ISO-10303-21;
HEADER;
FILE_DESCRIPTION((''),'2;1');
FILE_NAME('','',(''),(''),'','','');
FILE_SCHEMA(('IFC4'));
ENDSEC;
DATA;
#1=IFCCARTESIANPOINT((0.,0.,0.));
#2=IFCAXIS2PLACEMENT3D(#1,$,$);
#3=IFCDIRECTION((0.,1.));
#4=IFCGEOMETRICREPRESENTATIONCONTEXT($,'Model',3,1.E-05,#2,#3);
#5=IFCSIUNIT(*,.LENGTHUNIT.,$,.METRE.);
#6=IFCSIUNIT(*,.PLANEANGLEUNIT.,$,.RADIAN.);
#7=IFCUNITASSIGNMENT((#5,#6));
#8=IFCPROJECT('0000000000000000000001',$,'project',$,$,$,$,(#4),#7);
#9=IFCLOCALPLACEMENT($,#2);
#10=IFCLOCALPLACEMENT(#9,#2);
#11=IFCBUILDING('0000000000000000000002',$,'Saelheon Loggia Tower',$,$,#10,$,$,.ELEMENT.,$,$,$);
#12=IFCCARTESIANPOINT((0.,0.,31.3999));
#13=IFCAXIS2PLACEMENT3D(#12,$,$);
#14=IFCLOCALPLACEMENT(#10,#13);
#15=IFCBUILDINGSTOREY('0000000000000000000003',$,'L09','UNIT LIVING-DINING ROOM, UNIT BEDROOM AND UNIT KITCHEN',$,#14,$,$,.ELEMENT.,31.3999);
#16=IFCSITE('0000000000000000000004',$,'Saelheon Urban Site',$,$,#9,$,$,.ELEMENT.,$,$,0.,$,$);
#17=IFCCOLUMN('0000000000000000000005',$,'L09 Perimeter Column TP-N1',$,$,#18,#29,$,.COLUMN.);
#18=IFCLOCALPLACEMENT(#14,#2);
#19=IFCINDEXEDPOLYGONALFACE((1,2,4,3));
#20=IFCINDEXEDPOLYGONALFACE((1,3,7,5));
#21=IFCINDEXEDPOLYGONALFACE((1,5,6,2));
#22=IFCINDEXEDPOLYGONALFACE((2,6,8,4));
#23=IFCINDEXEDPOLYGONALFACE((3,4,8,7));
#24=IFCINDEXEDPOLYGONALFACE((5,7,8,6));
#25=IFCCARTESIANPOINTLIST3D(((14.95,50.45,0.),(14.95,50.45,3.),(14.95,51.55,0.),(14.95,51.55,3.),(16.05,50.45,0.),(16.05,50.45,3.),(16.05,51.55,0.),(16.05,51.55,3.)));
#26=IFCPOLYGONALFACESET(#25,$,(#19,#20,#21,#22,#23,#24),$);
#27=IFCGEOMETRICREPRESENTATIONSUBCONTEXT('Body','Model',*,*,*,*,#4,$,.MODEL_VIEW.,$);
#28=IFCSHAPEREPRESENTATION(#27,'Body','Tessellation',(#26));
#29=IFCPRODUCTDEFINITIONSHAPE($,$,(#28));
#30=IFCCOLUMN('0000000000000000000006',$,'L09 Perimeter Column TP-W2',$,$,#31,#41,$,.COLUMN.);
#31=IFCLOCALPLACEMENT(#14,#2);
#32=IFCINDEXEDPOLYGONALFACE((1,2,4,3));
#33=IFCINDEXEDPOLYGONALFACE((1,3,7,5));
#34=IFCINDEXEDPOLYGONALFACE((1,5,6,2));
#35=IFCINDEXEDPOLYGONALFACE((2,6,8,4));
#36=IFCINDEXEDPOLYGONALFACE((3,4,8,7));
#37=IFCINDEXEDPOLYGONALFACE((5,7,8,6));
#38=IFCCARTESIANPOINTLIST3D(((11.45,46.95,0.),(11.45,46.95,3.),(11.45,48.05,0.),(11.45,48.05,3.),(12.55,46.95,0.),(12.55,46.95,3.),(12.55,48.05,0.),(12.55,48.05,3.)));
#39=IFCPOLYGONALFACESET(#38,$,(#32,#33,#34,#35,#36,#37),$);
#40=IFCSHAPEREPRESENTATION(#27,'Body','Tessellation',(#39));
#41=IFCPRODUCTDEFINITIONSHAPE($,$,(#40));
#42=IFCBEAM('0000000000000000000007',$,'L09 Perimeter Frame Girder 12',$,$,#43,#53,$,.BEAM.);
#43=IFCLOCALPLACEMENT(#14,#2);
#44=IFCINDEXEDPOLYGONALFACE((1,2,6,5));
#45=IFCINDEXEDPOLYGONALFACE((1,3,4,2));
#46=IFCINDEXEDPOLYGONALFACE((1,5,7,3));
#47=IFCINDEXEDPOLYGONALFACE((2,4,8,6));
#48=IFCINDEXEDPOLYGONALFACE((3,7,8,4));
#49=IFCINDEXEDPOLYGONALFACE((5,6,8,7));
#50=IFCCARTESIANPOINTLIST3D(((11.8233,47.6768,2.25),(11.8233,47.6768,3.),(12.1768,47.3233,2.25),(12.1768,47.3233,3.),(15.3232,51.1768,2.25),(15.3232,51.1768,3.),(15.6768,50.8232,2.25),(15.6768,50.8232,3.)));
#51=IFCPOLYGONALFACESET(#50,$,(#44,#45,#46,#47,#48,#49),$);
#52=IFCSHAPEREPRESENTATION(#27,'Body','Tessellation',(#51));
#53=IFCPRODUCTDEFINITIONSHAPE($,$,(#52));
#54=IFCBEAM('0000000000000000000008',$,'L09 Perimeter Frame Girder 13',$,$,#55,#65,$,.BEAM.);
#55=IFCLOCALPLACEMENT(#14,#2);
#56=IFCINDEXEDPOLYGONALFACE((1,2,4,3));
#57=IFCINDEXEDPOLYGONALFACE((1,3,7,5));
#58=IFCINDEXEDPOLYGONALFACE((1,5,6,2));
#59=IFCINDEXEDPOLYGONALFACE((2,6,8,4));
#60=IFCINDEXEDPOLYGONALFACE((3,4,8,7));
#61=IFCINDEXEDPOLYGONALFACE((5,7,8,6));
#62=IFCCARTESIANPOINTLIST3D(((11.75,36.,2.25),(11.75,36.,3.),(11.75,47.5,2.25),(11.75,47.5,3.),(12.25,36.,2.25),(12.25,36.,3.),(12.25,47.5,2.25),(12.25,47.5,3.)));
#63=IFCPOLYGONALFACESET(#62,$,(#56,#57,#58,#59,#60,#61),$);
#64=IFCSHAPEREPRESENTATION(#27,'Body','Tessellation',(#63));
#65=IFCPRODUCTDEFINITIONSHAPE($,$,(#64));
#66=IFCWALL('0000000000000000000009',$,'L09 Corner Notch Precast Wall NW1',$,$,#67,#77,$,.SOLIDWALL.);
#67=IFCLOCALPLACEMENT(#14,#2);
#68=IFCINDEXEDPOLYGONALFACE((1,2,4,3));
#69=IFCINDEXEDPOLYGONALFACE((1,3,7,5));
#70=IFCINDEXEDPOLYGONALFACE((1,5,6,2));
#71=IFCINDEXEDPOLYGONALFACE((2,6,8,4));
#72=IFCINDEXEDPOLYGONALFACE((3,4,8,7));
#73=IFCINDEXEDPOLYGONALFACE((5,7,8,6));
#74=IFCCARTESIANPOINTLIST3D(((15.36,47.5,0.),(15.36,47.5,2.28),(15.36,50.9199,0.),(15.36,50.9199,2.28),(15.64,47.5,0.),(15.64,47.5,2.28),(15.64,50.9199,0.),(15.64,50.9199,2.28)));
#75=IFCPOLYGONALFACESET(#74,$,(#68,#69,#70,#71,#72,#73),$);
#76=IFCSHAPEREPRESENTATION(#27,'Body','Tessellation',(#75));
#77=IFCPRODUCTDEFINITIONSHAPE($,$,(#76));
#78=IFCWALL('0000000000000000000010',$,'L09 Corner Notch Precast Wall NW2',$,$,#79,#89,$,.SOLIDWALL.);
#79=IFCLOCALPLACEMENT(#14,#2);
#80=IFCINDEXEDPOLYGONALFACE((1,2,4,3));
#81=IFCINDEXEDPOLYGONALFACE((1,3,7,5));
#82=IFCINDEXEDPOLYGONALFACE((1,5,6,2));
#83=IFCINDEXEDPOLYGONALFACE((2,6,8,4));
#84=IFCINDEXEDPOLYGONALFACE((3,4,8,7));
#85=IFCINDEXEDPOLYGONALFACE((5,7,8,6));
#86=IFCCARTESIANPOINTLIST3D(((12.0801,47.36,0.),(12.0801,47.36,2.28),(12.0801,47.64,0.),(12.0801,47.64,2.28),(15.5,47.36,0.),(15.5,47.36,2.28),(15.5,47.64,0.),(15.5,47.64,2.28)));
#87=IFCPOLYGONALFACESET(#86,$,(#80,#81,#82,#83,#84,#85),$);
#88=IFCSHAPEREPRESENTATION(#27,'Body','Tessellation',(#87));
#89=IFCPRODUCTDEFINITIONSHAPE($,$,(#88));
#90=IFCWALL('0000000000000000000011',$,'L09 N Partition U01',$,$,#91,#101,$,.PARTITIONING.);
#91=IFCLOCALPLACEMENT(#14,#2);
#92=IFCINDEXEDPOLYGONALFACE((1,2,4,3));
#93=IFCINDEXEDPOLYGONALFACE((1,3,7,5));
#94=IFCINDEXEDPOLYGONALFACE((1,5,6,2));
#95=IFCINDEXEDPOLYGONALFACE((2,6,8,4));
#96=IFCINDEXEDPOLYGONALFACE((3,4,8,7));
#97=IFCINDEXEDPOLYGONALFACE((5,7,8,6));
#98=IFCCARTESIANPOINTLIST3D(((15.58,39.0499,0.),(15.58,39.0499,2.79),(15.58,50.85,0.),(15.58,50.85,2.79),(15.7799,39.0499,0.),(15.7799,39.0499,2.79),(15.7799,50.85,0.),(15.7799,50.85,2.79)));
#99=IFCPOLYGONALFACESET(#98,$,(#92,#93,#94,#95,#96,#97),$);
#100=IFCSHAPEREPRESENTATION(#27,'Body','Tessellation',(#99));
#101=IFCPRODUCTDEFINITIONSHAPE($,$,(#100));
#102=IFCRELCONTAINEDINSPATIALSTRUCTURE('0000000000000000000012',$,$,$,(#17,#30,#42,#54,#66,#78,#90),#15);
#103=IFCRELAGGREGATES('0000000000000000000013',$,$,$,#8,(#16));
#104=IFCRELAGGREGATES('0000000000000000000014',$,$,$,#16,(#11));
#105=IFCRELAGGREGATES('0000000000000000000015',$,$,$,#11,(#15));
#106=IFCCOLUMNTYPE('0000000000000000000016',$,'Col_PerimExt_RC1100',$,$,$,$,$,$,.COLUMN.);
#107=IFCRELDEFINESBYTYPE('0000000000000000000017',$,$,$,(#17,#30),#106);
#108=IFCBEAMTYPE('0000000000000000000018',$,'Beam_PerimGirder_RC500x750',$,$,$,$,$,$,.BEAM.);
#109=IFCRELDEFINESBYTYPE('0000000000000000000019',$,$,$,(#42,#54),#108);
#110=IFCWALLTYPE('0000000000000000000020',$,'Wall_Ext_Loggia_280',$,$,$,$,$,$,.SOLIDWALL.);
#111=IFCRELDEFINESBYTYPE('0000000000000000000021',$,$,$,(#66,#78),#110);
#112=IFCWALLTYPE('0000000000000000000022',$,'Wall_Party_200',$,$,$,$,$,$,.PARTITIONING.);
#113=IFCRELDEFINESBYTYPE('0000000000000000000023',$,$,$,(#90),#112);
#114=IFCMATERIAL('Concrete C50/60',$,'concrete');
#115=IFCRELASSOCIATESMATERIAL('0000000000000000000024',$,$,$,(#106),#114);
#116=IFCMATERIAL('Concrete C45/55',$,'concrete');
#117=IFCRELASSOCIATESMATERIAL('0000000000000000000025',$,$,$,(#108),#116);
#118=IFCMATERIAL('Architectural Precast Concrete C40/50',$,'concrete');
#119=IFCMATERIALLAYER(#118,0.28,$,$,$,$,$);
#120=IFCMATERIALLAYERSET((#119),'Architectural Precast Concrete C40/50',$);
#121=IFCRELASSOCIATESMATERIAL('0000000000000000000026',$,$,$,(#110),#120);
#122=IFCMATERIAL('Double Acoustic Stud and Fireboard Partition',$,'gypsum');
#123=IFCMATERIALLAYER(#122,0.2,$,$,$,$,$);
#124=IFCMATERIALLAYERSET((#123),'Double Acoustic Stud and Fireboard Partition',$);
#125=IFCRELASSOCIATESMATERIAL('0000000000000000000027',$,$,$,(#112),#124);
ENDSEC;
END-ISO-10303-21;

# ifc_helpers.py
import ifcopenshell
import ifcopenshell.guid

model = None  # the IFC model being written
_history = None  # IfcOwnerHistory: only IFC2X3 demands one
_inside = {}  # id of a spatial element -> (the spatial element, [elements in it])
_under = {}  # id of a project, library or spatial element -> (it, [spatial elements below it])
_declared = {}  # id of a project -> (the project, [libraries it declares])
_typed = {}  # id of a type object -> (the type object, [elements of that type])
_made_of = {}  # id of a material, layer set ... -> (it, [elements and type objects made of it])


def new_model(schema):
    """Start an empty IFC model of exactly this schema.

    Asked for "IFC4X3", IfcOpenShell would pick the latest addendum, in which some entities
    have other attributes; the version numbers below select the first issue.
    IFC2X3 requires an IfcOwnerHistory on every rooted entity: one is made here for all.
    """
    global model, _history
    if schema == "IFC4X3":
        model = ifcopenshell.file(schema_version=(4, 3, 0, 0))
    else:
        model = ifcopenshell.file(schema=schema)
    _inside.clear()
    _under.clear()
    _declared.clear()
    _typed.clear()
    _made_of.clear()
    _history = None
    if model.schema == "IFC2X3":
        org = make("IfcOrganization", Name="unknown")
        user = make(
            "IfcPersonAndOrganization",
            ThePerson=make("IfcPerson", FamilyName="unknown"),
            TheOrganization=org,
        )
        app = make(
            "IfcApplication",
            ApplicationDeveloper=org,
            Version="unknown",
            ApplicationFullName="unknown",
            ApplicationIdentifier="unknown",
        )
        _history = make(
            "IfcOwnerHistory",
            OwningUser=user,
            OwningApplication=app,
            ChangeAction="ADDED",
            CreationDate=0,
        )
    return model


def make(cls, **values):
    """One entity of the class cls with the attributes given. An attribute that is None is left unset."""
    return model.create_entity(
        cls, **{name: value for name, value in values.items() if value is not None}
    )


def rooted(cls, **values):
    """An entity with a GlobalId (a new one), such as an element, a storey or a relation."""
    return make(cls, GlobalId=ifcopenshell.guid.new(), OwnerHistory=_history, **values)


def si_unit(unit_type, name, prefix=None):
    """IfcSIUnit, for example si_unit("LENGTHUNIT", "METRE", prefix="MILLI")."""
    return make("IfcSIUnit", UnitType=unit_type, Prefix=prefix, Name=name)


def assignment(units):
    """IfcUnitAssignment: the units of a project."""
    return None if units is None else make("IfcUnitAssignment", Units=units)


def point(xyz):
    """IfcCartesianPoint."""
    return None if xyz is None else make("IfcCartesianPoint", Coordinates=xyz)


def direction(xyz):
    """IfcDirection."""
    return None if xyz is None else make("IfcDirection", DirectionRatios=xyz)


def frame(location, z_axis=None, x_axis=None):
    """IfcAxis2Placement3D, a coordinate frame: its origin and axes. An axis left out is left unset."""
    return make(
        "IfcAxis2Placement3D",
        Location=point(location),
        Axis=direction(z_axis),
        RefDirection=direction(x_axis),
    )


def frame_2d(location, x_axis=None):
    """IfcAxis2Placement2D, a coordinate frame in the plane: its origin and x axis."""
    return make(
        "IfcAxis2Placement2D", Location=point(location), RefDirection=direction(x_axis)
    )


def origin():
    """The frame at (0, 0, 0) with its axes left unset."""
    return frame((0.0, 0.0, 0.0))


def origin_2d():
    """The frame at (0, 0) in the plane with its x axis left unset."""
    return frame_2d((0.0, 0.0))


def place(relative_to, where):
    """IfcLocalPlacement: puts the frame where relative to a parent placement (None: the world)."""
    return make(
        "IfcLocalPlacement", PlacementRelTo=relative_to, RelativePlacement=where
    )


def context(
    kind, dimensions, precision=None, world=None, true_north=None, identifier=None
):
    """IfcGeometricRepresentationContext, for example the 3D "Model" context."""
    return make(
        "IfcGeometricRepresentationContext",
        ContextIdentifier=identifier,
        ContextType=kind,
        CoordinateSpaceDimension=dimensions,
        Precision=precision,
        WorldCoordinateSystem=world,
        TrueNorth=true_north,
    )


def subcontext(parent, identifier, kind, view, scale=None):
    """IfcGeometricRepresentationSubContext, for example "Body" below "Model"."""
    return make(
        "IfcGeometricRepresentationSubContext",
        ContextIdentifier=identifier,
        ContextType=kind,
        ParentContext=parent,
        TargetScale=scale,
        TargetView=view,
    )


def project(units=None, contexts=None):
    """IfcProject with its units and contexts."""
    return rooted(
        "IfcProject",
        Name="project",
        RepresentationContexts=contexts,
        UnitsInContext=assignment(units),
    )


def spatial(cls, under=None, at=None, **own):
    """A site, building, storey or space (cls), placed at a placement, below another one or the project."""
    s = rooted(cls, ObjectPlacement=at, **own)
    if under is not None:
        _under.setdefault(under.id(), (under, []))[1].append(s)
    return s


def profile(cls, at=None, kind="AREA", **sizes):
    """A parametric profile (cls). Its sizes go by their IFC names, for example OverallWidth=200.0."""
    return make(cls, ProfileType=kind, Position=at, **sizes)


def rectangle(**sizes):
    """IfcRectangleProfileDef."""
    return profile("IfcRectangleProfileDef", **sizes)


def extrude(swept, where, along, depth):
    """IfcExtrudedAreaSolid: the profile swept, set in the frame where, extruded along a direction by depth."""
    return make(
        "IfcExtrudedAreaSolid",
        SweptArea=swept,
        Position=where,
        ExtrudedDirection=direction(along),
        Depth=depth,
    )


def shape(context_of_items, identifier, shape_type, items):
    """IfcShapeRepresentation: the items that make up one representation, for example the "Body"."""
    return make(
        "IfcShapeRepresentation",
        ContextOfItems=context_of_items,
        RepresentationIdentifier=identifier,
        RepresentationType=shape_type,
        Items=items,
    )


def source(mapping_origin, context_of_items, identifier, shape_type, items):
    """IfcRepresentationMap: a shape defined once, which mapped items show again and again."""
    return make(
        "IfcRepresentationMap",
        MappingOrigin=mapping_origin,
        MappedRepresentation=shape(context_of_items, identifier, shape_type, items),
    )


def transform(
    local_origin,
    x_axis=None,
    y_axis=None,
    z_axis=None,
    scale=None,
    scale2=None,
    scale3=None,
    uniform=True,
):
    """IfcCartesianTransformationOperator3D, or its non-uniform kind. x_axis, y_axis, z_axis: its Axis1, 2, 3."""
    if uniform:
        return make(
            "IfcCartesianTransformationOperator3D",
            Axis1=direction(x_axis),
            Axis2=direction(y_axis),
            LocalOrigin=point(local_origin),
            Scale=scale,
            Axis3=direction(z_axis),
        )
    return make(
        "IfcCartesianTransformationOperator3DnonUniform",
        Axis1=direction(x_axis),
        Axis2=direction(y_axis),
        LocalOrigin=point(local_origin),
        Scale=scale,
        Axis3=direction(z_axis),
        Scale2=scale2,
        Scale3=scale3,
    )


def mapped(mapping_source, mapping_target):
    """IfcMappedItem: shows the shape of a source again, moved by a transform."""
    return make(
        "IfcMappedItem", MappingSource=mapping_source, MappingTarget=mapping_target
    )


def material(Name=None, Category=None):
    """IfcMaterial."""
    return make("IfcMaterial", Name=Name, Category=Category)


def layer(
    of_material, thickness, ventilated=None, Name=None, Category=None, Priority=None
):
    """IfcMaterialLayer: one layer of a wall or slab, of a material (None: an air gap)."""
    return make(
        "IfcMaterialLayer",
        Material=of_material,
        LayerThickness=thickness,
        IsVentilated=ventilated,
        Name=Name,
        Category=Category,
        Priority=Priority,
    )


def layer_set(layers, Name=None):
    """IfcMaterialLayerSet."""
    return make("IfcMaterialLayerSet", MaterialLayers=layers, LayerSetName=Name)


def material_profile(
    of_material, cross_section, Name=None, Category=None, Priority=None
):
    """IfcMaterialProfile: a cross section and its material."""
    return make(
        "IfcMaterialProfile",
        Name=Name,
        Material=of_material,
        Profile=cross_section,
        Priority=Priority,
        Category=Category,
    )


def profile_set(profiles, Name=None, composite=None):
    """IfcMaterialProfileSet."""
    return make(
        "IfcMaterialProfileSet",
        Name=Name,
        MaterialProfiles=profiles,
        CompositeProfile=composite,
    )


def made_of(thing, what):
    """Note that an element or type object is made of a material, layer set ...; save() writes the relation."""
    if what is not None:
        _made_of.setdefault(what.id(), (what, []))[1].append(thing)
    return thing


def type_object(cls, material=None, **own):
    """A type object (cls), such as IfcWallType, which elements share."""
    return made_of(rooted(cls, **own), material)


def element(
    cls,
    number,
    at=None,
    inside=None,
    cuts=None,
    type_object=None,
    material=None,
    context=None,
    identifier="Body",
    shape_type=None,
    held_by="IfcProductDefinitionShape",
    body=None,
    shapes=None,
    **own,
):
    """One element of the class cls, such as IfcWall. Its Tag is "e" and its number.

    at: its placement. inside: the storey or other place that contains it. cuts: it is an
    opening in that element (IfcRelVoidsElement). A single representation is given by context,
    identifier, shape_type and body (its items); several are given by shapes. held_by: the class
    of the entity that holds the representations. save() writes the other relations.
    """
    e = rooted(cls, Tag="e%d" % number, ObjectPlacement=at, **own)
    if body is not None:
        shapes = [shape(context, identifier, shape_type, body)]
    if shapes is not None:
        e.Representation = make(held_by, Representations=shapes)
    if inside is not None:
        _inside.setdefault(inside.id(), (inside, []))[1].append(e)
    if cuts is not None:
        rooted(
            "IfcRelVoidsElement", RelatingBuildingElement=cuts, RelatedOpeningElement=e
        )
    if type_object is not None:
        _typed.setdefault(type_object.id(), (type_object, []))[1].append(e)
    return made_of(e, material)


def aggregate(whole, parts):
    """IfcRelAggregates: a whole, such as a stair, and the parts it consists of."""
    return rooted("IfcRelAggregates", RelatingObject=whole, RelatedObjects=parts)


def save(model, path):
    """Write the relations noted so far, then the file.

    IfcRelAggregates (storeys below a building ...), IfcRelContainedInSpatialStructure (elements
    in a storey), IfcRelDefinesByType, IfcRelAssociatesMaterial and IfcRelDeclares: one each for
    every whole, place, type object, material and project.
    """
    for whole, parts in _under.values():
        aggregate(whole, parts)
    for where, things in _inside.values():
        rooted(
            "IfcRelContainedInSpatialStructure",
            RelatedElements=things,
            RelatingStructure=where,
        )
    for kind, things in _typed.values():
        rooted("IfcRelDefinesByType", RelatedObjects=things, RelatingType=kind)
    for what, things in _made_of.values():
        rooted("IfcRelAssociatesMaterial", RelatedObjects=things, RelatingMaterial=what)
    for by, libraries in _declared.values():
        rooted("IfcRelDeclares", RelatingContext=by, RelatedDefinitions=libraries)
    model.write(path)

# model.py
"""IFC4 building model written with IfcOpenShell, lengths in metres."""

from ifc_helpers import new_model, si_unit, direction, frame, frame_2d, origin, origin_2d, place, context, subcontext, project, spatial, rectangle, extrude, source, transform, mapped, material, layer, layer_set, material_profile, profile_set, type_object, element, save


model = new_model("IFC4")

# Units and contexts
model_context = context("Model", 3, precision=1e-05, world=origin(), true_north=direction((0.0, 1.0)))
body_context = subcontext(model_context, "Body", "Model", "MODEL_VIEW")
ifc_project = project(units=[si_unit("LENGTHUNIT", "METRE"), si_unit("PLANEANGLEUNIT", "RADIAN")], contexts=[model_context])

# Site, building, storey
site_placement = place(None, origin())
site = spatial("IfcSite", under=ifc_project, at=site_placement, Name="Saelheon Urban Site", CompositionType="ELEMENT", RefElevation=0.0)
building_placement = place(site_placement, origin())
building = spatial("IfcBuilding", under=site, at=building_placement, Name="Saelheon Loggia Tower", CompositionType="ELEMENT")
storey_placement = place(building_placement, frame((0.0, 0.0, 31.3999)))
storey = spatial("IfcBuildingStorey", under=building, at=storey_placement, Name="L09", Description="UNIT LIVING-DINING ROOM, UNIT BEDROOM AND UNIT KITCHEN", CompositionType="ELEMENT", Elevation=31.3999)

# Columns
ifc_material_1 = material(Name="Concrete C50/60", Category="concrete")
ifc_material_profile_1 = material_profile(ifc_material_1, rectangle(XDim=1.1001, YDim=1.1001, at=origin_2d()), Name="RC-1100x1100")
ifc_profile_set_1 = profile_set([ifc_material_profile_1], Name="Concrete C50/60")
column_type = type_object("IfcColumnType", Name="Col_PerimExt_RC1100", PredefinedType="COLUMN", material=ifc_profile_set_1)
shared_shape_1 = source(origin(), body_context, "Body", "SweptSolid", [
    extrude(rectangle(XDim=1.1001, YDim=1.1001, at=origin_2d()), origin(), (0.0, 0.0, 1.0), 3.0),
])
for number, where, z_axis, x_axis, name in (
    (1, (15.5, 51.0, 0.0), (0.0, 0.0, 1.0), (1.0, 0.0, 0.0), "L09 Perimeter Column TP-N1"),
    (2, (12.0, 47.5, 0.0), (0.0, 0.0, 1.0), (1.0, 0.0, 0.0), "L09 Perimeter Column TP-W2"),
):
    element("IfcColumn", number, at=place(storey_placement, frame(where, z_axis=z_axis, x_axis=x_axis)), inside=storey, type_object=column_type, Name=name, PredefinedType="COLUMN", context=body_context, shape_type="MappedRepresentation", body=[
        mapped(shared_shape_1, transform((0.0, 0.0, 0.0), scale=1.0)),
    ])

# Beams
ifc_material_2 = material(Name="Concrete C45/55", Category="concrete")
ifc_material_profile_2 = material_profile(ifc_material_2, rectangle(XDim=0.5, YDim=0.75, at=origin_2d()), Name="RC-500x750")
ifc_profile_set_2 = profile_set([ifc_material_profile_2], Name="Concrete C45/55")
beam_type = type_object("IfcBeamType", Name="Beam_PerimGirder_RC500x750", PredefinedType="BEAM", material=ifc_profile_set_2)
shared_shape_2 = source(origin(), body_context, "Body", "SweptSolid", [
    extrude(rectangle(XDim=0.5, YDim=0.75, at=origin_2d()), origin(), (0.0, 0.0, 1.0), 4.9497),
])
beam_1_placement = place(storey_placement, frame((15.5, 51.0, 2.625), z_axis=(-0.707107, -0.707107, 0.0), x_axis=(0.707107, -0.707107, 0.0)))
element("IfcBeam", 3, at=beam_1_placement, inside=storey, type_object=beam_type, Name="L09 Perimeter Frame Girder 12", PredefinedType="BEAM", context=body_context, shape_type="MappedRepresentation", body=[
    mapped(shared_shape_2, transform((0.0, 0.0, 0.0), scale=1.0)),
])
shared_shape_3 = source(origin(), body_context, "Body", "SweptSolid", [
    extrude(rectangle(XDim=0.5, YDim=0.75, at=origin_2d()), origin(), (0.0, 0.0, 1.0), 11.5),
])
beam_2_placement = place(storey_placement, frame((12.0, 47.5, 2.625), z_axis=(0.0, -1.0, 0.0), x_axis=(1.0, 0.0, 0.0)))
element("IfcBeam", 4, at=beam_2_placement, inside=storey, type_object=beam_type, Name="L09 Perimeter Frame Girder 13", PredefinedType="BEAM", context=body_context, shape_type="MappedRepresentation", body=[
    mapped(shared_shape_3, transform((0.0, 0.0, 0.0), scale=1.0)),
])

# Shared definitions
ifc_material_3 = material(Name="Architectural Precast Concrete C40/50", Category="concrete")
ifc_layer_1 = layer(ifc_material_3, 0.28)
ifc_layer_set_1 = layer_set([ifc_layer_1], Name="Architectural Precast Concrete C40/50")
wall_type_1 = type_object("IfcWallType", Name="Wall_Ext_Loggia_280", PredefinedType="SOLIDWALL", material=ifc_layer_set_1)

# Walls
for number, where, z_axis, x_axis, name in (
    (5, (15.5, 47.5, 0.0), (0.0, 0.0, 1.0), (0.0, 1.0, 0.0), "L09 Corner Notch Precast Wall NW1"),
    (6, (12.0801, 47.5, 0.0), (0.0, 0.0, 1.0), (1.0, 0.0, 0.0), "L09 Corner Notch Precast Wall NW2"),
):
    element("IfcWall", number, at=place(storey_placement, frame(where, z_axis=z_axis, x_axis=x_axis)), inside=storey, type_object=wall_type_1, Name=name, PredefinedType="SOLIDWALL", context=body_context, shape_type="SweptSolid", body=[
        extrude(rectangle(XDim=3.4199, YDim=0.28, at=frame_2d((1.71, 0.0))), origin(), (0.0, 0.0, 1.0), 2.28),
    ])
ifc_material_4 = material(Name="Double Acoustic Stud and Fireboard Partition", Category="gypsum")
ifc_layer_2 = layer(ifc_material_4, 0.2)
ifc_layer_set_2 = layer_set([ifc_layer_2], Name="Double Acoustic Stud and Fireboard Partition")
wall_type_2 = type_object("IfcWallType", Name="Wall_Party_200", PredefinedType="PARTITIONING", material=ifc_layer_set_2)
wall_1_placement = place(storey_placement, frame((15.6799, 39.05, 0.0), z_axis=(0.0, 0.0, 1.0), x_axis=(0.0, 1.0, 0.0)))
element("IfcWall", 7, at=wall_1_placement, inside=storey, type_object=wall_type_2, Name="L09 N Partition U01", PredefinedType="PARTITIONING", context=body_context, shape_type="SweptSolid", body=[
    extrude(rectangle(XDim=11.8, YDim=0.2, at=frame_2d((5.8999, 0.0))), origin(), (0.0, 0.0, 1.0), 2.79),
])

save(model, "model.ifc")
